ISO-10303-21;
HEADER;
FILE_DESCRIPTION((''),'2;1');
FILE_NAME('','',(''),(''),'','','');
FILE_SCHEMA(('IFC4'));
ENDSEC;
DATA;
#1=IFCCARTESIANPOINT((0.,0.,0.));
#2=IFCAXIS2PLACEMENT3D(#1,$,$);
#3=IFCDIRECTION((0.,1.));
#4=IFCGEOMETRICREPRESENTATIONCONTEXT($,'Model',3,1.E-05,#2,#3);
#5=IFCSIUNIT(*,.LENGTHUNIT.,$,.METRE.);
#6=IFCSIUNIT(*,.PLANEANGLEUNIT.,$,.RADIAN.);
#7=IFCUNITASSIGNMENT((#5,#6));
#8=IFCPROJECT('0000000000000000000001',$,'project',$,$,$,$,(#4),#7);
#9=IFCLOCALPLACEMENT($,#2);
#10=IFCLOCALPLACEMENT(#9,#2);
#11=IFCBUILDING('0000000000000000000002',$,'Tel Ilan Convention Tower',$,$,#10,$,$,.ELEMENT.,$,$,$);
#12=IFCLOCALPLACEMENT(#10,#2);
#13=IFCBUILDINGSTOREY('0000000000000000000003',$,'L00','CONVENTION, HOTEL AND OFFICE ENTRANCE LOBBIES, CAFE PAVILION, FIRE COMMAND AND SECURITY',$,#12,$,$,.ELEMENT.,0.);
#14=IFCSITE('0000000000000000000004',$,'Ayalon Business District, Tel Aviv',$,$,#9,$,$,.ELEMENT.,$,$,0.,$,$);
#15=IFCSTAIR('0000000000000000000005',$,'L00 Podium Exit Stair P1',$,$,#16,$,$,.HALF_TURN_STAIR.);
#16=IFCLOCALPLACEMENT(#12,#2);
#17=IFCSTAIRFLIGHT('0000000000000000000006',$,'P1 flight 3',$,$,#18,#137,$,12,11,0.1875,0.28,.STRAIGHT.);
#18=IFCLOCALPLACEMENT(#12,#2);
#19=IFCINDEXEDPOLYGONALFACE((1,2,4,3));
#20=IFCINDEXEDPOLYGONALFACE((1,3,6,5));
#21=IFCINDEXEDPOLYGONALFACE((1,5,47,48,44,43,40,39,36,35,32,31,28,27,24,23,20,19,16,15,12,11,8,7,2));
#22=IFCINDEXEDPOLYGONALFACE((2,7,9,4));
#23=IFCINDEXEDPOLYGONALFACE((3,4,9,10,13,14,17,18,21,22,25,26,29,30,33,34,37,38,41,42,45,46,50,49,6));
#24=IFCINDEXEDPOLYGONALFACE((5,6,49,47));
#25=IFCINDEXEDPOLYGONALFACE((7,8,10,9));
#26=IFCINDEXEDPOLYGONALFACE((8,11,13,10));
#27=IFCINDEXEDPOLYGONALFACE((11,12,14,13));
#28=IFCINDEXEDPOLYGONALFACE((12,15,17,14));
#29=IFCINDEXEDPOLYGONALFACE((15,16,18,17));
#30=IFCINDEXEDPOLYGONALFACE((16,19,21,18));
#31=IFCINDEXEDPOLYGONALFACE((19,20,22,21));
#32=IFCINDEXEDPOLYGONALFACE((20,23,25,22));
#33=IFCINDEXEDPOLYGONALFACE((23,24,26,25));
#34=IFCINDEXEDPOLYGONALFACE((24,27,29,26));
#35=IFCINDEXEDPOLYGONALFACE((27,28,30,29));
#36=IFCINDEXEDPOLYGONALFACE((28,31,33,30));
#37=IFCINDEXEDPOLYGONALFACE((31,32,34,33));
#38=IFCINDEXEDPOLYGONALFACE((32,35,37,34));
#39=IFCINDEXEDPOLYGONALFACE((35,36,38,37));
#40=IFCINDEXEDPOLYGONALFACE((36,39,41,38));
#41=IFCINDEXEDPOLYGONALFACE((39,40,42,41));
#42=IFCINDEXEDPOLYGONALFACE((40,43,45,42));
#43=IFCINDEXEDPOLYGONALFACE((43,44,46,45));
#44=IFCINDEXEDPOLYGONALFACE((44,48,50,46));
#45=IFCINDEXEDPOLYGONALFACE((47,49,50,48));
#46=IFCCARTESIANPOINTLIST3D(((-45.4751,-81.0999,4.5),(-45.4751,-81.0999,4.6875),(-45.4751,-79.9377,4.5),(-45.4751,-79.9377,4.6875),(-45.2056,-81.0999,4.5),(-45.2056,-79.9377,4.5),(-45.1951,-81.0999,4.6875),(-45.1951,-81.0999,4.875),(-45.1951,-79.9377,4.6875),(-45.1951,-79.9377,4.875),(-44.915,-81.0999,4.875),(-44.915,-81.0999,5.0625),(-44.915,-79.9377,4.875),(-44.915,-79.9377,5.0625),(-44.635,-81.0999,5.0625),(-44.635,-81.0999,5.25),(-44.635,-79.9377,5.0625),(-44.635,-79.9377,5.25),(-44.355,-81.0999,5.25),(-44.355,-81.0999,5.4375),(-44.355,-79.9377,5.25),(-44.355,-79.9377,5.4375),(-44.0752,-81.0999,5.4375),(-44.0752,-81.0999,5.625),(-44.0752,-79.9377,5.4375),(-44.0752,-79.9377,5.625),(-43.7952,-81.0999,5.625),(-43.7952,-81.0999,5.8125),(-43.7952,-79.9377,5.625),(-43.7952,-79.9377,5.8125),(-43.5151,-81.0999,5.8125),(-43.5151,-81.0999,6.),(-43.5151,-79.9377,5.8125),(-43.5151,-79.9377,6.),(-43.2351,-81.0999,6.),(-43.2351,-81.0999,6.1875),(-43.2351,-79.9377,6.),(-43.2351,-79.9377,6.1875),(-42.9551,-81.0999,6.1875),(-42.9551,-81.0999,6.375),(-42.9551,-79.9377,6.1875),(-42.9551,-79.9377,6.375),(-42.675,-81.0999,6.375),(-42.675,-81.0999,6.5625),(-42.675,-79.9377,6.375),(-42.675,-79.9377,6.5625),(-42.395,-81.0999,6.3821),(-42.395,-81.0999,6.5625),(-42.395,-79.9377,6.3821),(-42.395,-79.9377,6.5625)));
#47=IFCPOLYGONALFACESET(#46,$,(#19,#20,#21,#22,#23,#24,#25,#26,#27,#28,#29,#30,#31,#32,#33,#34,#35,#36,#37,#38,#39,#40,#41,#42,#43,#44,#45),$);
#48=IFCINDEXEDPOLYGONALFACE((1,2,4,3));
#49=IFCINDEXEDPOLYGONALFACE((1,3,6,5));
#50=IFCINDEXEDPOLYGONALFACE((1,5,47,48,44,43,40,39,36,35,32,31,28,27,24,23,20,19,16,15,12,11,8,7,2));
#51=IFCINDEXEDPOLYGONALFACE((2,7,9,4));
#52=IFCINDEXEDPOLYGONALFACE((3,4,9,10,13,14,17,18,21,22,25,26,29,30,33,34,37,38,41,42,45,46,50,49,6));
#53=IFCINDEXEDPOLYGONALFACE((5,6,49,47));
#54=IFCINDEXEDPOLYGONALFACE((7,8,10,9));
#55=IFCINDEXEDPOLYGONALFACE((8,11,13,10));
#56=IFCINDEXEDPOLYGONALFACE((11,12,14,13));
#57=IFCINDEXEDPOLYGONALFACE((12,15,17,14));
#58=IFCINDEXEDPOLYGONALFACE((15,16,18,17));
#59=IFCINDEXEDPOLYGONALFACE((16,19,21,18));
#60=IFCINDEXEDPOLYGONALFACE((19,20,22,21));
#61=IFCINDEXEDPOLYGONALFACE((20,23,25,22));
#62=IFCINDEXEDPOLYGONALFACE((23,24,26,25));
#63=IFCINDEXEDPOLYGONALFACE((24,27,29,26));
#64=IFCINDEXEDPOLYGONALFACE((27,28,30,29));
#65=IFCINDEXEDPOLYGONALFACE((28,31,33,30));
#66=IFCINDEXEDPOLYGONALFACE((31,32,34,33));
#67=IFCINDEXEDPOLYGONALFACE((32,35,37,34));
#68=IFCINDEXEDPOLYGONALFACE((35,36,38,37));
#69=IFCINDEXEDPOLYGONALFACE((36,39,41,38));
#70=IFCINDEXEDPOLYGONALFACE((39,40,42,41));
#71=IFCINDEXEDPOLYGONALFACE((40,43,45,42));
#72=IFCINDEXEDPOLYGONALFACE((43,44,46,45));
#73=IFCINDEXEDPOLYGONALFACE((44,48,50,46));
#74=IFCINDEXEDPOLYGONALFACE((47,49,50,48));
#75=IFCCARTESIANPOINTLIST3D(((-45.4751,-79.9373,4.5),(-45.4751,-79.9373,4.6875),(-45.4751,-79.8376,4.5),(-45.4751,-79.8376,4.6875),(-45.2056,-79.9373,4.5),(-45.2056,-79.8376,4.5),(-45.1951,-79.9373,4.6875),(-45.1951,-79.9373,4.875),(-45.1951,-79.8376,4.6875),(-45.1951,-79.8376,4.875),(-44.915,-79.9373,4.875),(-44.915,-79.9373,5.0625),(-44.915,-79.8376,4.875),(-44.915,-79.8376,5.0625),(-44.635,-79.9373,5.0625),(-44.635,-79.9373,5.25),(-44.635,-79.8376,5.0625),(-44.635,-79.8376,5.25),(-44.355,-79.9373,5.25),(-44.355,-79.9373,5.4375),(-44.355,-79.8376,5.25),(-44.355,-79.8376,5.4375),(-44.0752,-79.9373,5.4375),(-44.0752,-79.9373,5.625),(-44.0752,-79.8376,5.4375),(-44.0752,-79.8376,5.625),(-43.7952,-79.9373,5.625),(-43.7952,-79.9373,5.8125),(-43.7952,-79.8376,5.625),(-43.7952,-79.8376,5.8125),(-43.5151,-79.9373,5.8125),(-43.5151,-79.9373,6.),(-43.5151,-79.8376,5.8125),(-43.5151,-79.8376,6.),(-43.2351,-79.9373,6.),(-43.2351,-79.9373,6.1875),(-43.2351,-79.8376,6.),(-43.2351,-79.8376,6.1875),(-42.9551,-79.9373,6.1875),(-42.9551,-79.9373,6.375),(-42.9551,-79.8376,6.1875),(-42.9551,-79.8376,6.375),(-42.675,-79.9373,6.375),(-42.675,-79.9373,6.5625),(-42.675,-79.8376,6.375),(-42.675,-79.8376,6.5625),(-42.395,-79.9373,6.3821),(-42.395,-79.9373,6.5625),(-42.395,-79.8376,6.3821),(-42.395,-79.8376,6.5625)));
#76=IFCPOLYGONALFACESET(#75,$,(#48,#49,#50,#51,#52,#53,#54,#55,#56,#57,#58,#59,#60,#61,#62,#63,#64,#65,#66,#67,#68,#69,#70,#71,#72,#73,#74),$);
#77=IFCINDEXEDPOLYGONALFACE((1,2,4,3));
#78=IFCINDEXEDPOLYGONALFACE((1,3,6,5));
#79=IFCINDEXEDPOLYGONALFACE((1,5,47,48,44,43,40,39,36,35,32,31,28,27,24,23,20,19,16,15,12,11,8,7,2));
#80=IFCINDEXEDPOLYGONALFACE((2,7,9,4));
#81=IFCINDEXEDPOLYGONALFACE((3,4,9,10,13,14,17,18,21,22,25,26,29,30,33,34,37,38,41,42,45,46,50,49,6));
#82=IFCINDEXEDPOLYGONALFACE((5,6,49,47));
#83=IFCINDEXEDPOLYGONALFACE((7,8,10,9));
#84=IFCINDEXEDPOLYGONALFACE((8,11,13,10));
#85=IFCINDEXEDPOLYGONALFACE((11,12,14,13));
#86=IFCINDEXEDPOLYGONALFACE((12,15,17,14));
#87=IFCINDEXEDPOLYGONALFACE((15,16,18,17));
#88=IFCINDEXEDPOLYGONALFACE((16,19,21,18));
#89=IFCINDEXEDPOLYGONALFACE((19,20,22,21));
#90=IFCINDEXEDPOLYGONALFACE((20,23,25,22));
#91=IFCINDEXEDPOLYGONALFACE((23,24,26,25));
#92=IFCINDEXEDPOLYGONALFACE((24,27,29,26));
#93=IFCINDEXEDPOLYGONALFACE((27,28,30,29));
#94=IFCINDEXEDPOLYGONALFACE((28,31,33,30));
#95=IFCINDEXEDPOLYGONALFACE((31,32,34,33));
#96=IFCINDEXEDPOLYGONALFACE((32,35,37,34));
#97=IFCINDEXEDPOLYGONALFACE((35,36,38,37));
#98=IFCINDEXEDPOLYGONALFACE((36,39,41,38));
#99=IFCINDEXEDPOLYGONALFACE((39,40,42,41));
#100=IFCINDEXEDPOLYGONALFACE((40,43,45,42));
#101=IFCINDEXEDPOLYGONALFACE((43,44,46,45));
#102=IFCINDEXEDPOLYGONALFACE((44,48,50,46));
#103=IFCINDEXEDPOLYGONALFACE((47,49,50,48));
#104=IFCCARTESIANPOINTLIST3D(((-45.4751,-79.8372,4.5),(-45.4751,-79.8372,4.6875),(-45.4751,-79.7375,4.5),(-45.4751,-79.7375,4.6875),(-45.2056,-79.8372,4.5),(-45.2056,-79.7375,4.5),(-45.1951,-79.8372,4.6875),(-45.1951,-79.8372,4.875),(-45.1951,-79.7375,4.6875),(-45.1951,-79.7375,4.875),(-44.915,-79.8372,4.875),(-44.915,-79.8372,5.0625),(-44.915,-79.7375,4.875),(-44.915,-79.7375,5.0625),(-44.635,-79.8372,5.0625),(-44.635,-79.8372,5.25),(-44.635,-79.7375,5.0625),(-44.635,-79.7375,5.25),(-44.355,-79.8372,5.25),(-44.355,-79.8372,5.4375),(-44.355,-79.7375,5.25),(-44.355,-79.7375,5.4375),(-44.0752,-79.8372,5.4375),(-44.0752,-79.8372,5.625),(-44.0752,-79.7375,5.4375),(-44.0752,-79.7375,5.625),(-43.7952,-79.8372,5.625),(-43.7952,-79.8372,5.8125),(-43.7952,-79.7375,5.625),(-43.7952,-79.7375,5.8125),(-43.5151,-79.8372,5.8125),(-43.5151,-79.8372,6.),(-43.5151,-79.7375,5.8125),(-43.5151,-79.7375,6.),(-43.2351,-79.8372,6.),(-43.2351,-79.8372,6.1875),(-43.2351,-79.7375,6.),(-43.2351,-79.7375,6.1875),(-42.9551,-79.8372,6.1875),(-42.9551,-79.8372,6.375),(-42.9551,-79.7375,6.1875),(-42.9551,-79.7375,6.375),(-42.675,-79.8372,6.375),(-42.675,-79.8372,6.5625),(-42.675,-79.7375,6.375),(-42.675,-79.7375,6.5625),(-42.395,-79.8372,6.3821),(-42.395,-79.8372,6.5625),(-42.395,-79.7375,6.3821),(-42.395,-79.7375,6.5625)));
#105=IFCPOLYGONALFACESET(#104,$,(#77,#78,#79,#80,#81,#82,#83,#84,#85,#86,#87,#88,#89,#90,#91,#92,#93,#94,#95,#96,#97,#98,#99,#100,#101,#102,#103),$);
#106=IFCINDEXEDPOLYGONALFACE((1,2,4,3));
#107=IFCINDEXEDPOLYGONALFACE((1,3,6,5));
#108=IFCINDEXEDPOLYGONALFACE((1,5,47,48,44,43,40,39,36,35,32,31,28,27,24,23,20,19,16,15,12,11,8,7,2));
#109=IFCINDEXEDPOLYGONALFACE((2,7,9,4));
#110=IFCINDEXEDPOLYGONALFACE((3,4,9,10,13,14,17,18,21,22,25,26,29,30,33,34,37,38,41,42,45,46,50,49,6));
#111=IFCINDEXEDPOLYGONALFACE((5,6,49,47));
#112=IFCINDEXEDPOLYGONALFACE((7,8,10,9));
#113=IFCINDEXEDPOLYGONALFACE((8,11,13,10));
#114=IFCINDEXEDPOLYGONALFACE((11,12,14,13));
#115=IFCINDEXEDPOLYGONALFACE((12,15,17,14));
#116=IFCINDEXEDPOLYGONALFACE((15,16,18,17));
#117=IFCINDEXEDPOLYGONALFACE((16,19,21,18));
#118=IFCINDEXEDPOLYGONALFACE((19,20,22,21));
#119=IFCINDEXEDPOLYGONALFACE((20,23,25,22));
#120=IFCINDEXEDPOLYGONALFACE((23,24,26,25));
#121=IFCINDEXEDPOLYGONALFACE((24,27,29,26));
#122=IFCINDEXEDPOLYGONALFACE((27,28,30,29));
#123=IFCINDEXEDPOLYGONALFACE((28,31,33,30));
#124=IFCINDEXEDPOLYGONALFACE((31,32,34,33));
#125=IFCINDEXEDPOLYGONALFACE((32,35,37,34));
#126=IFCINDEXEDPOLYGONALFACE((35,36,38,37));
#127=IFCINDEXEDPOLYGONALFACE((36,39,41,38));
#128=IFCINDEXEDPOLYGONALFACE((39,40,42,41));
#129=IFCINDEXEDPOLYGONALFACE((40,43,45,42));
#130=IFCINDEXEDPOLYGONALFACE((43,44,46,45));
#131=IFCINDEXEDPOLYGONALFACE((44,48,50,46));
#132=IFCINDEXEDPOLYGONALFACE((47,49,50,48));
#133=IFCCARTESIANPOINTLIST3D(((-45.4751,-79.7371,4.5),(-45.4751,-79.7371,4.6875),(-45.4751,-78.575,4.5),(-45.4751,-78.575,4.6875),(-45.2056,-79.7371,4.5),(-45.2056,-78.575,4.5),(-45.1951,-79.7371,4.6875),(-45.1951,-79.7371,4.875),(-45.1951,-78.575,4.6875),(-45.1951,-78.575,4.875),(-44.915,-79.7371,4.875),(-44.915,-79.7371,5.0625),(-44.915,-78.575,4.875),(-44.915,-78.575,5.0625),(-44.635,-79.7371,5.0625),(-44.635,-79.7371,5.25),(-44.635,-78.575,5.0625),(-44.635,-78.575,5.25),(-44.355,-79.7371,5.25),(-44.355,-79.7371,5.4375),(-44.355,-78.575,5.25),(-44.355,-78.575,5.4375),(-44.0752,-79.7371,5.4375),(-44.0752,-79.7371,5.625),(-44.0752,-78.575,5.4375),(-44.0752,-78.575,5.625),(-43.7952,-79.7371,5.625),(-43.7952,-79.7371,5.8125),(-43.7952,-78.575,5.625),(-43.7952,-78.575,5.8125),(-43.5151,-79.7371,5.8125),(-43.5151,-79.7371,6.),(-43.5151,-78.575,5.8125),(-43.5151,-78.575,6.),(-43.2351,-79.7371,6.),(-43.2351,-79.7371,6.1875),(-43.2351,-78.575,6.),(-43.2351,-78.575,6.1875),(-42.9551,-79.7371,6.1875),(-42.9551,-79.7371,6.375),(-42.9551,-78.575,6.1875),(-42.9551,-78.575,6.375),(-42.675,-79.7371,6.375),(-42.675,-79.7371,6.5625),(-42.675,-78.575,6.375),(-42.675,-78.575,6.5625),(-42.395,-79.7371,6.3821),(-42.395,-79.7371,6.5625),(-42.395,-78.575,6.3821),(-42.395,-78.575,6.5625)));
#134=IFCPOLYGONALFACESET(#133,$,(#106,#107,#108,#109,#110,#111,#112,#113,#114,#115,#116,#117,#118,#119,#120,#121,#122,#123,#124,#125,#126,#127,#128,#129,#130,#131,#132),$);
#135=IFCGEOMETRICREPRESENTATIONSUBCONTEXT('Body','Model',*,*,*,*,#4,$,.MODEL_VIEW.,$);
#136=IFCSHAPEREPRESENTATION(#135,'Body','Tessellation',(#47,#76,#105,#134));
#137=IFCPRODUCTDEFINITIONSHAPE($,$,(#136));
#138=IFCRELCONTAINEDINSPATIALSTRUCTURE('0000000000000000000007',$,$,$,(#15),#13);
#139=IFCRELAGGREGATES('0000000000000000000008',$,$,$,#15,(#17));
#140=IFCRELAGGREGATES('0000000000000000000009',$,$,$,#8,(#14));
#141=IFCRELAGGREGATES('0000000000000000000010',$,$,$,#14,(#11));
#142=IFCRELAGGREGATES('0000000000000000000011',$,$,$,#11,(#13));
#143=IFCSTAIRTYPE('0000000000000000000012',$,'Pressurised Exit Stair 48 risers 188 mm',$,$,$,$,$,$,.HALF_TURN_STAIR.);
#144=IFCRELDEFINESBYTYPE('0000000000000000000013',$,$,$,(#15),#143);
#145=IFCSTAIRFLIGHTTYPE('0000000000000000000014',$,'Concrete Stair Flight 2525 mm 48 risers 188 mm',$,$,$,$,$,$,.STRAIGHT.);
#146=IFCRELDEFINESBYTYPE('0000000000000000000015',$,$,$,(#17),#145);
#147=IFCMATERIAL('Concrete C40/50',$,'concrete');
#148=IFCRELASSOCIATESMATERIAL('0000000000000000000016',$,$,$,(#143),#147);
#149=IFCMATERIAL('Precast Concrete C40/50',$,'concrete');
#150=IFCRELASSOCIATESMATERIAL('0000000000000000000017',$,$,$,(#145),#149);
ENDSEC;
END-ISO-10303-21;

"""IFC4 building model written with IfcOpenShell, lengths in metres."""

from ifc_helpers import new_model, si_unit, direction, frame, origin, place, context, subcontext, project, spatial, polyline, outline, extrude, material, type_object, element, aggregate, save


model = new_model("IFC4")

# Units and contexts
model_context = context("Model", 3, precision=1e-05, world=origin(), true_north=direction((0.0, 1.0)))
body_context = subcontext(model_context, "Body", "Model", "MODEL_VIEW")
ifc_project = project(units=[si_unit("LENGTHUNIT", "METRE"), si_unit("PLANEANGLEUNIT", "RADIAN")], contexts=[model_context])

# Site, building, storey
site_placement = place(None, origin())
site = spatial("IfcSite", under=ifc_project, at=site_placement, Name="Ayalon Business District, Tel Aviv", CompositionType="ELEMENT", RefElevation=0.0)
building_placement = place(site_placement, origin())
building = spatial("IfcBuilding", under=site, at=building_placement, Name="Tel Ilan Convention Tower", CompositionType="ELEMENT")
storey_placement = place(building_placement, origin())
storey = spatial("IfcBuildingStorey", under=building, at=storey_placement, Name="L00", Description="CONVENTION, HOTEL AND OFFICE ENTRANCE LOBBIES, CAFE PAVILION, FIRE COMMAND AND SECURITY", CompositionType="ELEMENT", Elevation=0.0)

# Stair, stair flight
ifc_material_1 = material(Name="Concrete C40/50", Category="concrete")
stair_type = type_object("IfcStairType", Name="Pressurised Exit Stair 48 risers 188 mm", PredefinedType="HALF_TURN_STAIR", material=ifc_material_1)
stair_placement = place(storey_placement, origin())
stair = element("IfcStair", 1, at=stair_placement, inside=storey, type_object=stair_type, Name="L00 Podium Exit Stair P1", PredefinedType="HALF_TURN_STAIR")
ifc_material_2 = material(Name="Precast Concrete C40/50", Category="concrete")
stair_flight_type = type_object("IfcStairFlightType", Name="Concrete Stair Flight 2525 mm 48 risers 188 mm", PredefinedType="STRAIGHT", material=ifc_material_2)
stair_flight_1_placement = place(storey_placement, frame((-45.4751, -79.8374, 4.5), z_axis=(0.0, 0.0, 1.0), x_axis=(1.0, 0.0, 0.0)))
stair_flight_1 = element("IfcStairFlight", 2, at=stair_flight_1_placement, type_object=stair_flight_type, Name="P1 flight 3", NumberOfRisers=12, NumberOfTreads=11, PredefinedType="STRAIGHT", RiserHeight=0.1875, TreadLength=0.28, context=body_context, shape_type="SweptSolid", body=[
    extrude(outline(polyline([(0.0, 0.0), (0.0, 0.1875), (0.28, 0.1875), (0.28, 0.375), (0.5601, 0.375), (0.5601, 0.5625), (0.8401, 0.5625), (0.8401, 0.75), (1.1201, 0.75), (1.1201, 0.9375), (1.3999, 0.9375), (1.3999, 1.125), (1.6799, 1.125), (1.6799, 1.3125), (1.96, 1.3125), (1.96, 1.5), (2.24, 1.5), (2.24, 1.6875), (2.52, 1.6875), (2.52, 1.875), (2.8, 1.875), (2.8, 2.0625), (3.0801, 2.0625), (3.0801, 2.25), (3.0801, 1.8821), (0.2695, 0.0), (0.0, 0.0)])), frame((0.0, -0.1003, 0.0), z_axis=(0.0, -1.0, 0.0), x_axis=(1.0, 0.0, 0.0)), (0.0, 0.0, 1.0), 1.1621),
    extrude(outline(polyline([(0.0, 0.0), (0.0, 0.1875), (0.28, 0.1875), (0.28, 0.375), (0.5601, 0.375), (0.5601, 0.5625), (0.8401, 0.5625), (0.8401, 0.75), (1.1201, 0.75), (1.1201, 0.9375), (1.3999, 0.9375), (1.3999, 1.125), (1.6799, 1.125), (1.6799, 1.3125), (1.96, 1.3125), (1.96, 1.5), (2.24, 1.5), (2.24, 1.6875), (2.52, 1.6875), (2.52, 1.875), (2.8, 1.875), (2.8, 2.0625), (3.0801, 2.0625), (3.0801, 2.25), (3.0801, 1.8821), (0.2695, 0.0), (0.0, 0.0)])), frame((0.0, -0.0002, 0.0), z_axis=(0.0, -1.0, 0.0), x_axis=(1.0, 0.0, 0.0)), (0.0, 0.0, 1.0), 0.0996),
    extrude(outline(polyline([(0.0, 0.0), (0.0, 0.1875), (0.28, 0.1875), (0.28, 0.375), (0.5601, 0.375), (0.5601, 0.5625), (0.8401, 0.5625), (0.8401, 0.75), (1.1201, 0.75), (1.1201, 0.9375), (1.3999, 0.9375), (1.3999, 1.125), (1.6799, 1.125), (1.6799, 1.3125), (1.96, 1.3125), (1.96, 1.5), (2.24, 1.5), (2.24, 1.6875), (2.52, 1.6875), (2.52, 1.875), (2.8, 1.875), (2.8, 2.0625), (3.0801, 2.0625), (3.0801, 2.25), (3.0801, 1.8821), (0.2695, 0.0), (0.0, 0.0)])), frame((0.0, 0.0999, 0.0), z_axis=(0.0, -1.0, 0.0), x_axis=(1.0, 0.0, 0.0)), (0.0, 0.0, 1.0), 0.0996),
    extrude(outline(polyline([(0.0, 0.0), (0.0, 0.1875), (0.28, 0.1875), (0.28, 0.375), (0.5601, 0.375), (0.5601, 0.5625), (0.8401, 0.5625), (0.8401, 0.75), (1.1201, 0.75), (1.1201, 0.9375), (1.3999, 0.9375), (1.3999, 1.125), (1.6799, 1.125), (1.6799, 1.3125), (1.96, 1.3125), (1.96, 1.5), (2.24, 1.5), (2.24, 1.6875), (2.52, 1.6875), (2.52, 1.875), (2.8, 1.875), (2.8, 2.0625), (3.0801, 2.0625), (3.0801, 2.25), (3.0801, 1.8821), (0.2695, 0.0), (0.0, 0.0)])), frame((0.0, 1.2625, 0.0), z_axis=(0.0, -1.0, 0.0), x_axis=(1.0, 0.0, 0.0)), (0.0, 0.0, 1.0), 1.1621),
])
aggregate(stair, [stair_flight_1])

save(model, "model.ifc")
